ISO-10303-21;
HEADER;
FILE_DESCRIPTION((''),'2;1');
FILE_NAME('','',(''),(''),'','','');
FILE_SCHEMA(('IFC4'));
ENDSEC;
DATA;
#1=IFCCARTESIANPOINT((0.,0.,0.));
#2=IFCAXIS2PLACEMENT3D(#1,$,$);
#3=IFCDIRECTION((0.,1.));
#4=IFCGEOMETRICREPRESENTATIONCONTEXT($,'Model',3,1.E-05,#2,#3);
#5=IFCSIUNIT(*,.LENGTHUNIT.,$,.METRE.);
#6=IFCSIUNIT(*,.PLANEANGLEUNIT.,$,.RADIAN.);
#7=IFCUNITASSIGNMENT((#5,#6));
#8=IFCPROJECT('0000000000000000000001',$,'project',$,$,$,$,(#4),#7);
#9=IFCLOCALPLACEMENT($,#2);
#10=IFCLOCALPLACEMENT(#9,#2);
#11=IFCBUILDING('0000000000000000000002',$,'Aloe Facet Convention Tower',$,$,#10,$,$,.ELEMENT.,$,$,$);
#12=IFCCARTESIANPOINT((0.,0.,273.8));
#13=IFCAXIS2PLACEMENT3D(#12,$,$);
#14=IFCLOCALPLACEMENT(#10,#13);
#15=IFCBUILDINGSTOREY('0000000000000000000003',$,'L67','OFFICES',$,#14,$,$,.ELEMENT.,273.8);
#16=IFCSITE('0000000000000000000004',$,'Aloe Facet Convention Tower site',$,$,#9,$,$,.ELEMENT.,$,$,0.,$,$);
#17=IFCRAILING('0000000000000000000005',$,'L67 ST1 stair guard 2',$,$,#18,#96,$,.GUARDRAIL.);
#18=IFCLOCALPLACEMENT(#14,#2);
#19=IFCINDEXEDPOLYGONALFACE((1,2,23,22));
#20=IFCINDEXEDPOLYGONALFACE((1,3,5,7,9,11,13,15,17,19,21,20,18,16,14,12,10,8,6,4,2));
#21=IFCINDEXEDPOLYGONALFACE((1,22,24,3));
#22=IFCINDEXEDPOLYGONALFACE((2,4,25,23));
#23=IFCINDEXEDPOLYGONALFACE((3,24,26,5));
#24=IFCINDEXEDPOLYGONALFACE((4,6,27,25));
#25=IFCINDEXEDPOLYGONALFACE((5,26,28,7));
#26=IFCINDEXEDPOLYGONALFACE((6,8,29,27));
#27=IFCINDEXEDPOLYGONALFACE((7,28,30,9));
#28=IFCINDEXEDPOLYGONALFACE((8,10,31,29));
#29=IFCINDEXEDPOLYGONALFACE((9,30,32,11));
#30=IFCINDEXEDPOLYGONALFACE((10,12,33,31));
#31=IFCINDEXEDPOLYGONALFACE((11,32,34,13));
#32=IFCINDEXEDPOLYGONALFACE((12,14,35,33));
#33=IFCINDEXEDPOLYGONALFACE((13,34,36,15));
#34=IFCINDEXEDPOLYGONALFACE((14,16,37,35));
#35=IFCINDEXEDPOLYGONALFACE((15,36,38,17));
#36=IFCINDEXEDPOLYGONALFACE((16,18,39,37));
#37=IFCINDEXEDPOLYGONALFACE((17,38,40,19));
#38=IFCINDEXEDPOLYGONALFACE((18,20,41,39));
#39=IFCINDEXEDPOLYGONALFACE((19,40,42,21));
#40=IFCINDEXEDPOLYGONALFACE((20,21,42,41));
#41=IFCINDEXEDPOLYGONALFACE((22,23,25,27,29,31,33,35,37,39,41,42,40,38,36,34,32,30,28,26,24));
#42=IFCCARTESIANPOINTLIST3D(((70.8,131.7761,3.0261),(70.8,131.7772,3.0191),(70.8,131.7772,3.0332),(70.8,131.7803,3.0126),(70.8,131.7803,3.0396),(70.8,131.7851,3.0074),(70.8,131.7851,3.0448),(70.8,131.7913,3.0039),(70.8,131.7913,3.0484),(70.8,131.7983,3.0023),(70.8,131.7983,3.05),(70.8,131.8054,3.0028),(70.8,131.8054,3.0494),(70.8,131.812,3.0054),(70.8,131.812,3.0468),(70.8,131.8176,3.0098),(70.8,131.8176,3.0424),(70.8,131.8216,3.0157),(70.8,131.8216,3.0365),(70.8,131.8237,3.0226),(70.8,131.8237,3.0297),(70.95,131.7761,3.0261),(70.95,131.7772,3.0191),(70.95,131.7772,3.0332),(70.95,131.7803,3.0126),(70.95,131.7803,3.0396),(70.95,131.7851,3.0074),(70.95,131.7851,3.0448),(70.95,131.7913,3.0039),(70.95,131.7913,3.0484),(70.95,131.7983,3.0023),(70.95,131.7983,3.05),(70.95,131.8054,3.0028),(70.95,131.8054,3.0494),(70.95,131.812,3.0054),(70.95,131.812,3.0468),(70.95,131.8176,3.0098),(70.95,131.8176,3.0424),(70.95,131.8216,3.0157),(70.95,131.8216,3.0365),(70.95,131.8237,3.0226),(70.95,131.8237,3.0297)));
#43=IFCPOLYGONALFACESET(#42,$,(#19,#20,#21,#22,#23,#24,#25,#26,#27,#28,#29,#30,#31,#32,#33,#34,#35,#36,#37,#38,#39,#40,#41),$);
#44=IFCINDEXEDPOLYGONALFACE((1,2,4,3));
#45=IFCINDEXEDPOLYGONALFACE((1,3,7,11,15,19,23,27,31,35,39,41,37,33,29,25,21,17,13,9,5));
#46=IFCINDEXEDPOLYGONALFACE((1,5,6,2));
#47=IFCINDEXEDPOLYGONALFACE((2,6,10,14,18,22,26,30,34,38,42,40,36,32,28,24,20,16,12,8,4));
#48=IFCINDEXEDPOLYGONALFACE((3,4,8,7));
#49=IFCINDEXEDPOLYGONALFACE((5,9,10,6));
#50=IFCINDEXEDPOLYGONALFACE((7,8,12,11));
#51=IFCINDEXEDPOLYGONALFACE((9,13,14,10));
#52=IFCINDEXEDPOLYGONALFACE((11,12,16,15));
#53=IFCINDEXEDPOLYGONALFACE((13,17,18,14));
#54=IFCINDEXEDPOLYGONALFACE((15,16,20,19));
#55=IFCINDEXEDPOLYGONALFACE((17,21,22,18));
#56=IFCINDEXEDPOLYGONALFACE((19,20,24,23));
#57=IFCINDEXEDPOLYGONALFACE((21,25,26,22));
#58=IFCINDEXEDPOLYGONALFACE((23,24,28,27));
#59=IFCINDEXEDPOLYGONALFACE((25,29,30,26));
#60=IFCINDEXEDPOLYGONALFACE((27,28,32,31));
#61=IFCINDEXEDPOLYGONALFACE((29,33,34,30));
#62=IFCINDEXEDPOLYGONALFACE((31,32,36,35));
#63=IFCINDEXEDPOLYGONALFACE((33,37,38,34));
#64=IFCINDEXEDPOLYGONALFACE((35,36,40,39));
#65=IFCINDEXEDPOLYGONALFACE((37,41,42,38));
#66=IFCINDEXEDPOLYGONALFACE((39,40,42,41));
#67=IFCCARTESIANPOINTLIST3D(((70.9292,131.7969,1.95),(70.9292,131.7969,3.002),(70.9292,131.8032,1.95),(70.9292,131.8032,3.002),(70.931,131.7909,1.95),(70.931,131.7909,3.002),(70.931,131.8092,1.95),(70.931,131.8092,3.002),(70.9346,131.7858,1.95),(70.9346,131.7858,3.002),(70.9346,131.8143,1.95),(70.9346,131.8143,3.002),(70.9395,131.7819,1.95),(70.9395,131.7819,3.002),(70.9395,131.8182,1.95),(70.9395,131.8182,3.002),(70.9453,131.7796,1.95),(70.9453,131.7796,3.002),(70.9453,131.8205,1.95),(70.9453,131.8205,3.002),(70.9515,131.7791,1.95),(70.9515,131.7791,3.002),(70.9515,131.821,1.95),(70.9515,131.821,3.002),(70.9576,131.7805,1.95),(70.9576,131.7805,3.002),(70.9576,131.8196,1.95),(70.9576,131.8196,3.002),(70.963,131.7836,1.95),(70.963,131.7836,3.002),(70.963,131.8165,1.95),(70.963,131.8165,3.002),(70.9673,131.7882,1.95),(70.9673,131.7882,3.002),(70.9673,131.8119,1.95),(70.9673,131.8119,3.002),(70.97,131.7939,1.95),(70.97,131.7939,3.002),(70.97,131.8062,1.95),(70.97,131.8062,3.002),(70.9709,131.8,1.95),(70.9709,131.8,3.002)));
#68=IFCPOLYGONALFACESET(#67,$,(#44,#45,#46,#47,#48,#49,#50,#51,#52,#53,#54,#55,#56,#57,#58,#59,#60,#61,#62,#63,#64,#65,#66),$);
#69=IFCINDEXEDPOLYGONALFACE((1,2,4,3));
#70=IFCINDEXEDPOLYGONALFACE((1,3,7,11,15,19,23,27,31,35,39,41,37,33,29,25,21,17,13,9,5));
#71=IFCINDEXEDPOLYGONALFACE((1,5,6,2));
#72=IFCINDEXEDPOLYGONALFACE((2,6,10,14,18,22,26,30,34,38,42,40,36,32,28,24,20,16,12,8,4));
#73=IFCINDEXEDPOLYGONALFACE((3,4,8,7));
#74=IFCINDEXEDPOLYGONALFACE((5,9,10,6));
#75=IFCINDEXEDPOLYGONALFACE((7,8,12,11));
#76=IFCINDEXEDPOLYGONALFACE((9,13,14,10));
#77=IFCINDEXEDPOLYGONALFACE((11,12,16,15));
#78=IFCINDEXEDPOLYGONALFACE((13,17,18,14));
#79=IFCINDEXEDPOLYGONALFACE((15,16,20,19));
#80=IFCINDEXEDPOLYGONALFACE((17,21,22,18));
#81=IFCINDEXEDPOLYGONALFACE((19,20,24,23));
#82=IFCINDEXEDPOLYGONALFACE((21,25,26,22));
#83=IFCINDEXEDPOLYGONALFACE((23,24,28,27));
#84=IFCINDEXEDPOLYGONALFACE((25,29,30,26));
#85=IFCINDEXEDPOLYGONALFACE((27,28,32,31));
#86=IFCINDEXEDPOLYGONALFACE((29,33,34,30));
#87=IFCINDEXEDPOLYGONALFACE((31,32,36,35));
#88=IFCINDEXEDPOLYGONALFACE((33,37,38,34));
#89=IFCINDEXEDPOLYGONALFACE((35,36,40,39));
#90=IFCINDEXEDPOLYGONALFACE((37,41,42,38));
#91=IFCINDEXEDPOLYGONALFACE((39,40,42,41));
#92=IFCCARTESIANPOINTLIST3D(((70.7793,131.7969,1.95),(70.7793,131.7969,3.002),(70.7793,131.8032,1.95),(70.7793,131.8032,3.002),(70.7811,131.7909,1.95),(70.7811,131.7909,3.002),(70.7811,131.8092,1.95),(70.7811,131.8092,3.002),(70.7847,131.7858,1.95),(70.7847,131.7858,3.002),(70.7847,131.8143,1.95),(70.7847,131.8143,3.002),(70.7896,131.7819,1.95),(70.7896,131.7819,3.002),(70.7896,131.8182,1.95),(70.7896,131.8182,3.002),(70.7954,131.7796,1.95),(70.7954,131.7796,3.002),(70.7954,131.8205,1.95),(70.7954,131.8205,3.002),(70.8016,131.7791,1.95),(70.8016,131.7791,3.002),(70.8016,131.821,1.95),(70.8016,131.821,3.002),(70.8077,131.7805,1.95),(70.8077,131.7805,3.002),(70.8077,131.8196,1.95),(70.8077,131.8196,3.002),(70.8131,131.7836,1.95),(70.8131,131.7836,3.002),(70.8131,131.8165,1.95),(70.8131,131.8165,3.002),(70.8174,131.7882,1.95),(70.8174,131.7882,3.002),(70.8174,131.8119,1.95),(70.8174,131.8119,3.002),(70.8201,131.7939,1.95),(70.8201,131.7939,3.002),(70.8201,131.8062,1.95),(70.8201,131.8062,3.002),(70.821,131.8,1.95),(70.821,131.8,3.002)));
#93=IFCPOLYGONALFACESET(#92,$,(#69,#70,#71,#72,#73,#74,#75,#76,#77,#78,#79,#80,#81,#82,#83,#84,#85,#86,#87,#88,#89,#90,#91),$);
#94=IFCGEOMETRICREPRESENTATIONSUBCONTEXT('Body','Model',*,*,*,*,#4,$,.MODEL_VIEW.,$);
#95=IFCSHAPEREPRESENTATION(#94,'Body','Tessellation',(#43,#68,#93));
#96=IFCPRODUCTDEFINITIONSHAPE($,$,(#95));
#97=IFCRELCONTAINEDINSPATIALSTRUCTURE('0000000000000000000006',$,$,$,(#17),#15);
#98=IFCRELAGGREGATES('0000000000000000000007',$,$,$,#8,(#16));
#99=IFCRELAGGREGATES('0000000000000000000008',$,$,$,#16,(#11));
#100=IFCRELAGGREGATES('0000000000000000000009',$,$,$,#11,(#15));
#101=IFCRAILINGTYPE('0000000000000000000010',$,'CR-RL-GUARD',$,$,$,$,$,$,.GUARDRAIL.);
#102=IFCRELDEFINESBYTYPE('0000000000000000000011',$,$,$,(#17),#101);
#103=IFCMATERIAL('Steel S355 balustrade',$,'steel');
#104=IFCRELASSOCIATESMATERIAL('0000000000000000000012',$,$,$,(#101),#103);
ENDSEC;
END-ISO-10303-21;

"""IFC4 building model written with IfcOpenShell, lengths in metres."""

from ifc_helpers import new_model, si_unit, direction, frame, origin, origin_2d, place, context, subcontext, project, spatial, circle, extrude, material, type_object, element, save


model = new_model("IFC4")

# Units and contexts
model_context = context("Model", 3, precision=1e-05, world=origin(), true_north=direction((0.0, 1.0)))
body_context = subcontext(model_context, "Body", "Model", "MODEL_VIEW")
ifc_project = project(units=[si_unit("LENGTHUNIT", "METRE"), si_unit("PLANEANGLEUNIT", "RADIAN")], contexts=[model_context])

# Site, building, storey
site_placement = place(None, origin())
site = spatial("IfcSite", under=ifc_project, at=site_placement, Name="Aloe Facet Convention Tower site", CompositionType="ELEMENT", RefElevation=0.0)
building_placement = place(site_placement, origin())
building = spatial("IfcBuilding", under=site, at=building_placement, Name="Aloe Facet Convention Tower", CompositionType="ELEMENT")
storey_placement = place(building_placement, frame((0.0, 0.0, 273.8)))
storey = spatial("IfcBuildingStorey", under=building, at=storey_placement, Name="L67", Description="OFFICES", CompositionType="ELEMENT", Elevation=273.8)

# Railing
ifc_material_1 = material(Name="Steel S355 balustrade", Category="steel")
railing_type_1 = type_object("IfcRailingType", Name="CR-RL-GUARD", PredefinedType="GUARDRAIL", material=ifc_material_1)
railing_1_placement = place(storey_placement, frame((70.95, 131.8, 1.95)))
element("IfcRailing", 1, at=railing_1_placement, inside=storey, type_object=railing_type_1, Name="L67 ST1 stair guard 2", PredefinedType="GUARDRAIL", context=body_context, shape_type="SweptSolid", body=[
    extrude(circle(Radius=0.0239, at=origin_2d()), frame((0.0, 0.0, 1.0762), z_axis=(-1.0, 0.0, 0.0), x_axis=(0.0, -1.0, 0.0)), (0.0, 0.0, 1.0), 0.1499),
    extrude(circle(Radius=0.021, at=origin_2d()), origin(), (0.0, 0.0, 1.0), 1.052),
    extrude(circle(Radius=0.021, at=origin_2d()), frame((-0.1499, 0.0, 0.0)), (0.0, 0.0, 1.0), 1.052),
])

save(model, "model.ifc")
